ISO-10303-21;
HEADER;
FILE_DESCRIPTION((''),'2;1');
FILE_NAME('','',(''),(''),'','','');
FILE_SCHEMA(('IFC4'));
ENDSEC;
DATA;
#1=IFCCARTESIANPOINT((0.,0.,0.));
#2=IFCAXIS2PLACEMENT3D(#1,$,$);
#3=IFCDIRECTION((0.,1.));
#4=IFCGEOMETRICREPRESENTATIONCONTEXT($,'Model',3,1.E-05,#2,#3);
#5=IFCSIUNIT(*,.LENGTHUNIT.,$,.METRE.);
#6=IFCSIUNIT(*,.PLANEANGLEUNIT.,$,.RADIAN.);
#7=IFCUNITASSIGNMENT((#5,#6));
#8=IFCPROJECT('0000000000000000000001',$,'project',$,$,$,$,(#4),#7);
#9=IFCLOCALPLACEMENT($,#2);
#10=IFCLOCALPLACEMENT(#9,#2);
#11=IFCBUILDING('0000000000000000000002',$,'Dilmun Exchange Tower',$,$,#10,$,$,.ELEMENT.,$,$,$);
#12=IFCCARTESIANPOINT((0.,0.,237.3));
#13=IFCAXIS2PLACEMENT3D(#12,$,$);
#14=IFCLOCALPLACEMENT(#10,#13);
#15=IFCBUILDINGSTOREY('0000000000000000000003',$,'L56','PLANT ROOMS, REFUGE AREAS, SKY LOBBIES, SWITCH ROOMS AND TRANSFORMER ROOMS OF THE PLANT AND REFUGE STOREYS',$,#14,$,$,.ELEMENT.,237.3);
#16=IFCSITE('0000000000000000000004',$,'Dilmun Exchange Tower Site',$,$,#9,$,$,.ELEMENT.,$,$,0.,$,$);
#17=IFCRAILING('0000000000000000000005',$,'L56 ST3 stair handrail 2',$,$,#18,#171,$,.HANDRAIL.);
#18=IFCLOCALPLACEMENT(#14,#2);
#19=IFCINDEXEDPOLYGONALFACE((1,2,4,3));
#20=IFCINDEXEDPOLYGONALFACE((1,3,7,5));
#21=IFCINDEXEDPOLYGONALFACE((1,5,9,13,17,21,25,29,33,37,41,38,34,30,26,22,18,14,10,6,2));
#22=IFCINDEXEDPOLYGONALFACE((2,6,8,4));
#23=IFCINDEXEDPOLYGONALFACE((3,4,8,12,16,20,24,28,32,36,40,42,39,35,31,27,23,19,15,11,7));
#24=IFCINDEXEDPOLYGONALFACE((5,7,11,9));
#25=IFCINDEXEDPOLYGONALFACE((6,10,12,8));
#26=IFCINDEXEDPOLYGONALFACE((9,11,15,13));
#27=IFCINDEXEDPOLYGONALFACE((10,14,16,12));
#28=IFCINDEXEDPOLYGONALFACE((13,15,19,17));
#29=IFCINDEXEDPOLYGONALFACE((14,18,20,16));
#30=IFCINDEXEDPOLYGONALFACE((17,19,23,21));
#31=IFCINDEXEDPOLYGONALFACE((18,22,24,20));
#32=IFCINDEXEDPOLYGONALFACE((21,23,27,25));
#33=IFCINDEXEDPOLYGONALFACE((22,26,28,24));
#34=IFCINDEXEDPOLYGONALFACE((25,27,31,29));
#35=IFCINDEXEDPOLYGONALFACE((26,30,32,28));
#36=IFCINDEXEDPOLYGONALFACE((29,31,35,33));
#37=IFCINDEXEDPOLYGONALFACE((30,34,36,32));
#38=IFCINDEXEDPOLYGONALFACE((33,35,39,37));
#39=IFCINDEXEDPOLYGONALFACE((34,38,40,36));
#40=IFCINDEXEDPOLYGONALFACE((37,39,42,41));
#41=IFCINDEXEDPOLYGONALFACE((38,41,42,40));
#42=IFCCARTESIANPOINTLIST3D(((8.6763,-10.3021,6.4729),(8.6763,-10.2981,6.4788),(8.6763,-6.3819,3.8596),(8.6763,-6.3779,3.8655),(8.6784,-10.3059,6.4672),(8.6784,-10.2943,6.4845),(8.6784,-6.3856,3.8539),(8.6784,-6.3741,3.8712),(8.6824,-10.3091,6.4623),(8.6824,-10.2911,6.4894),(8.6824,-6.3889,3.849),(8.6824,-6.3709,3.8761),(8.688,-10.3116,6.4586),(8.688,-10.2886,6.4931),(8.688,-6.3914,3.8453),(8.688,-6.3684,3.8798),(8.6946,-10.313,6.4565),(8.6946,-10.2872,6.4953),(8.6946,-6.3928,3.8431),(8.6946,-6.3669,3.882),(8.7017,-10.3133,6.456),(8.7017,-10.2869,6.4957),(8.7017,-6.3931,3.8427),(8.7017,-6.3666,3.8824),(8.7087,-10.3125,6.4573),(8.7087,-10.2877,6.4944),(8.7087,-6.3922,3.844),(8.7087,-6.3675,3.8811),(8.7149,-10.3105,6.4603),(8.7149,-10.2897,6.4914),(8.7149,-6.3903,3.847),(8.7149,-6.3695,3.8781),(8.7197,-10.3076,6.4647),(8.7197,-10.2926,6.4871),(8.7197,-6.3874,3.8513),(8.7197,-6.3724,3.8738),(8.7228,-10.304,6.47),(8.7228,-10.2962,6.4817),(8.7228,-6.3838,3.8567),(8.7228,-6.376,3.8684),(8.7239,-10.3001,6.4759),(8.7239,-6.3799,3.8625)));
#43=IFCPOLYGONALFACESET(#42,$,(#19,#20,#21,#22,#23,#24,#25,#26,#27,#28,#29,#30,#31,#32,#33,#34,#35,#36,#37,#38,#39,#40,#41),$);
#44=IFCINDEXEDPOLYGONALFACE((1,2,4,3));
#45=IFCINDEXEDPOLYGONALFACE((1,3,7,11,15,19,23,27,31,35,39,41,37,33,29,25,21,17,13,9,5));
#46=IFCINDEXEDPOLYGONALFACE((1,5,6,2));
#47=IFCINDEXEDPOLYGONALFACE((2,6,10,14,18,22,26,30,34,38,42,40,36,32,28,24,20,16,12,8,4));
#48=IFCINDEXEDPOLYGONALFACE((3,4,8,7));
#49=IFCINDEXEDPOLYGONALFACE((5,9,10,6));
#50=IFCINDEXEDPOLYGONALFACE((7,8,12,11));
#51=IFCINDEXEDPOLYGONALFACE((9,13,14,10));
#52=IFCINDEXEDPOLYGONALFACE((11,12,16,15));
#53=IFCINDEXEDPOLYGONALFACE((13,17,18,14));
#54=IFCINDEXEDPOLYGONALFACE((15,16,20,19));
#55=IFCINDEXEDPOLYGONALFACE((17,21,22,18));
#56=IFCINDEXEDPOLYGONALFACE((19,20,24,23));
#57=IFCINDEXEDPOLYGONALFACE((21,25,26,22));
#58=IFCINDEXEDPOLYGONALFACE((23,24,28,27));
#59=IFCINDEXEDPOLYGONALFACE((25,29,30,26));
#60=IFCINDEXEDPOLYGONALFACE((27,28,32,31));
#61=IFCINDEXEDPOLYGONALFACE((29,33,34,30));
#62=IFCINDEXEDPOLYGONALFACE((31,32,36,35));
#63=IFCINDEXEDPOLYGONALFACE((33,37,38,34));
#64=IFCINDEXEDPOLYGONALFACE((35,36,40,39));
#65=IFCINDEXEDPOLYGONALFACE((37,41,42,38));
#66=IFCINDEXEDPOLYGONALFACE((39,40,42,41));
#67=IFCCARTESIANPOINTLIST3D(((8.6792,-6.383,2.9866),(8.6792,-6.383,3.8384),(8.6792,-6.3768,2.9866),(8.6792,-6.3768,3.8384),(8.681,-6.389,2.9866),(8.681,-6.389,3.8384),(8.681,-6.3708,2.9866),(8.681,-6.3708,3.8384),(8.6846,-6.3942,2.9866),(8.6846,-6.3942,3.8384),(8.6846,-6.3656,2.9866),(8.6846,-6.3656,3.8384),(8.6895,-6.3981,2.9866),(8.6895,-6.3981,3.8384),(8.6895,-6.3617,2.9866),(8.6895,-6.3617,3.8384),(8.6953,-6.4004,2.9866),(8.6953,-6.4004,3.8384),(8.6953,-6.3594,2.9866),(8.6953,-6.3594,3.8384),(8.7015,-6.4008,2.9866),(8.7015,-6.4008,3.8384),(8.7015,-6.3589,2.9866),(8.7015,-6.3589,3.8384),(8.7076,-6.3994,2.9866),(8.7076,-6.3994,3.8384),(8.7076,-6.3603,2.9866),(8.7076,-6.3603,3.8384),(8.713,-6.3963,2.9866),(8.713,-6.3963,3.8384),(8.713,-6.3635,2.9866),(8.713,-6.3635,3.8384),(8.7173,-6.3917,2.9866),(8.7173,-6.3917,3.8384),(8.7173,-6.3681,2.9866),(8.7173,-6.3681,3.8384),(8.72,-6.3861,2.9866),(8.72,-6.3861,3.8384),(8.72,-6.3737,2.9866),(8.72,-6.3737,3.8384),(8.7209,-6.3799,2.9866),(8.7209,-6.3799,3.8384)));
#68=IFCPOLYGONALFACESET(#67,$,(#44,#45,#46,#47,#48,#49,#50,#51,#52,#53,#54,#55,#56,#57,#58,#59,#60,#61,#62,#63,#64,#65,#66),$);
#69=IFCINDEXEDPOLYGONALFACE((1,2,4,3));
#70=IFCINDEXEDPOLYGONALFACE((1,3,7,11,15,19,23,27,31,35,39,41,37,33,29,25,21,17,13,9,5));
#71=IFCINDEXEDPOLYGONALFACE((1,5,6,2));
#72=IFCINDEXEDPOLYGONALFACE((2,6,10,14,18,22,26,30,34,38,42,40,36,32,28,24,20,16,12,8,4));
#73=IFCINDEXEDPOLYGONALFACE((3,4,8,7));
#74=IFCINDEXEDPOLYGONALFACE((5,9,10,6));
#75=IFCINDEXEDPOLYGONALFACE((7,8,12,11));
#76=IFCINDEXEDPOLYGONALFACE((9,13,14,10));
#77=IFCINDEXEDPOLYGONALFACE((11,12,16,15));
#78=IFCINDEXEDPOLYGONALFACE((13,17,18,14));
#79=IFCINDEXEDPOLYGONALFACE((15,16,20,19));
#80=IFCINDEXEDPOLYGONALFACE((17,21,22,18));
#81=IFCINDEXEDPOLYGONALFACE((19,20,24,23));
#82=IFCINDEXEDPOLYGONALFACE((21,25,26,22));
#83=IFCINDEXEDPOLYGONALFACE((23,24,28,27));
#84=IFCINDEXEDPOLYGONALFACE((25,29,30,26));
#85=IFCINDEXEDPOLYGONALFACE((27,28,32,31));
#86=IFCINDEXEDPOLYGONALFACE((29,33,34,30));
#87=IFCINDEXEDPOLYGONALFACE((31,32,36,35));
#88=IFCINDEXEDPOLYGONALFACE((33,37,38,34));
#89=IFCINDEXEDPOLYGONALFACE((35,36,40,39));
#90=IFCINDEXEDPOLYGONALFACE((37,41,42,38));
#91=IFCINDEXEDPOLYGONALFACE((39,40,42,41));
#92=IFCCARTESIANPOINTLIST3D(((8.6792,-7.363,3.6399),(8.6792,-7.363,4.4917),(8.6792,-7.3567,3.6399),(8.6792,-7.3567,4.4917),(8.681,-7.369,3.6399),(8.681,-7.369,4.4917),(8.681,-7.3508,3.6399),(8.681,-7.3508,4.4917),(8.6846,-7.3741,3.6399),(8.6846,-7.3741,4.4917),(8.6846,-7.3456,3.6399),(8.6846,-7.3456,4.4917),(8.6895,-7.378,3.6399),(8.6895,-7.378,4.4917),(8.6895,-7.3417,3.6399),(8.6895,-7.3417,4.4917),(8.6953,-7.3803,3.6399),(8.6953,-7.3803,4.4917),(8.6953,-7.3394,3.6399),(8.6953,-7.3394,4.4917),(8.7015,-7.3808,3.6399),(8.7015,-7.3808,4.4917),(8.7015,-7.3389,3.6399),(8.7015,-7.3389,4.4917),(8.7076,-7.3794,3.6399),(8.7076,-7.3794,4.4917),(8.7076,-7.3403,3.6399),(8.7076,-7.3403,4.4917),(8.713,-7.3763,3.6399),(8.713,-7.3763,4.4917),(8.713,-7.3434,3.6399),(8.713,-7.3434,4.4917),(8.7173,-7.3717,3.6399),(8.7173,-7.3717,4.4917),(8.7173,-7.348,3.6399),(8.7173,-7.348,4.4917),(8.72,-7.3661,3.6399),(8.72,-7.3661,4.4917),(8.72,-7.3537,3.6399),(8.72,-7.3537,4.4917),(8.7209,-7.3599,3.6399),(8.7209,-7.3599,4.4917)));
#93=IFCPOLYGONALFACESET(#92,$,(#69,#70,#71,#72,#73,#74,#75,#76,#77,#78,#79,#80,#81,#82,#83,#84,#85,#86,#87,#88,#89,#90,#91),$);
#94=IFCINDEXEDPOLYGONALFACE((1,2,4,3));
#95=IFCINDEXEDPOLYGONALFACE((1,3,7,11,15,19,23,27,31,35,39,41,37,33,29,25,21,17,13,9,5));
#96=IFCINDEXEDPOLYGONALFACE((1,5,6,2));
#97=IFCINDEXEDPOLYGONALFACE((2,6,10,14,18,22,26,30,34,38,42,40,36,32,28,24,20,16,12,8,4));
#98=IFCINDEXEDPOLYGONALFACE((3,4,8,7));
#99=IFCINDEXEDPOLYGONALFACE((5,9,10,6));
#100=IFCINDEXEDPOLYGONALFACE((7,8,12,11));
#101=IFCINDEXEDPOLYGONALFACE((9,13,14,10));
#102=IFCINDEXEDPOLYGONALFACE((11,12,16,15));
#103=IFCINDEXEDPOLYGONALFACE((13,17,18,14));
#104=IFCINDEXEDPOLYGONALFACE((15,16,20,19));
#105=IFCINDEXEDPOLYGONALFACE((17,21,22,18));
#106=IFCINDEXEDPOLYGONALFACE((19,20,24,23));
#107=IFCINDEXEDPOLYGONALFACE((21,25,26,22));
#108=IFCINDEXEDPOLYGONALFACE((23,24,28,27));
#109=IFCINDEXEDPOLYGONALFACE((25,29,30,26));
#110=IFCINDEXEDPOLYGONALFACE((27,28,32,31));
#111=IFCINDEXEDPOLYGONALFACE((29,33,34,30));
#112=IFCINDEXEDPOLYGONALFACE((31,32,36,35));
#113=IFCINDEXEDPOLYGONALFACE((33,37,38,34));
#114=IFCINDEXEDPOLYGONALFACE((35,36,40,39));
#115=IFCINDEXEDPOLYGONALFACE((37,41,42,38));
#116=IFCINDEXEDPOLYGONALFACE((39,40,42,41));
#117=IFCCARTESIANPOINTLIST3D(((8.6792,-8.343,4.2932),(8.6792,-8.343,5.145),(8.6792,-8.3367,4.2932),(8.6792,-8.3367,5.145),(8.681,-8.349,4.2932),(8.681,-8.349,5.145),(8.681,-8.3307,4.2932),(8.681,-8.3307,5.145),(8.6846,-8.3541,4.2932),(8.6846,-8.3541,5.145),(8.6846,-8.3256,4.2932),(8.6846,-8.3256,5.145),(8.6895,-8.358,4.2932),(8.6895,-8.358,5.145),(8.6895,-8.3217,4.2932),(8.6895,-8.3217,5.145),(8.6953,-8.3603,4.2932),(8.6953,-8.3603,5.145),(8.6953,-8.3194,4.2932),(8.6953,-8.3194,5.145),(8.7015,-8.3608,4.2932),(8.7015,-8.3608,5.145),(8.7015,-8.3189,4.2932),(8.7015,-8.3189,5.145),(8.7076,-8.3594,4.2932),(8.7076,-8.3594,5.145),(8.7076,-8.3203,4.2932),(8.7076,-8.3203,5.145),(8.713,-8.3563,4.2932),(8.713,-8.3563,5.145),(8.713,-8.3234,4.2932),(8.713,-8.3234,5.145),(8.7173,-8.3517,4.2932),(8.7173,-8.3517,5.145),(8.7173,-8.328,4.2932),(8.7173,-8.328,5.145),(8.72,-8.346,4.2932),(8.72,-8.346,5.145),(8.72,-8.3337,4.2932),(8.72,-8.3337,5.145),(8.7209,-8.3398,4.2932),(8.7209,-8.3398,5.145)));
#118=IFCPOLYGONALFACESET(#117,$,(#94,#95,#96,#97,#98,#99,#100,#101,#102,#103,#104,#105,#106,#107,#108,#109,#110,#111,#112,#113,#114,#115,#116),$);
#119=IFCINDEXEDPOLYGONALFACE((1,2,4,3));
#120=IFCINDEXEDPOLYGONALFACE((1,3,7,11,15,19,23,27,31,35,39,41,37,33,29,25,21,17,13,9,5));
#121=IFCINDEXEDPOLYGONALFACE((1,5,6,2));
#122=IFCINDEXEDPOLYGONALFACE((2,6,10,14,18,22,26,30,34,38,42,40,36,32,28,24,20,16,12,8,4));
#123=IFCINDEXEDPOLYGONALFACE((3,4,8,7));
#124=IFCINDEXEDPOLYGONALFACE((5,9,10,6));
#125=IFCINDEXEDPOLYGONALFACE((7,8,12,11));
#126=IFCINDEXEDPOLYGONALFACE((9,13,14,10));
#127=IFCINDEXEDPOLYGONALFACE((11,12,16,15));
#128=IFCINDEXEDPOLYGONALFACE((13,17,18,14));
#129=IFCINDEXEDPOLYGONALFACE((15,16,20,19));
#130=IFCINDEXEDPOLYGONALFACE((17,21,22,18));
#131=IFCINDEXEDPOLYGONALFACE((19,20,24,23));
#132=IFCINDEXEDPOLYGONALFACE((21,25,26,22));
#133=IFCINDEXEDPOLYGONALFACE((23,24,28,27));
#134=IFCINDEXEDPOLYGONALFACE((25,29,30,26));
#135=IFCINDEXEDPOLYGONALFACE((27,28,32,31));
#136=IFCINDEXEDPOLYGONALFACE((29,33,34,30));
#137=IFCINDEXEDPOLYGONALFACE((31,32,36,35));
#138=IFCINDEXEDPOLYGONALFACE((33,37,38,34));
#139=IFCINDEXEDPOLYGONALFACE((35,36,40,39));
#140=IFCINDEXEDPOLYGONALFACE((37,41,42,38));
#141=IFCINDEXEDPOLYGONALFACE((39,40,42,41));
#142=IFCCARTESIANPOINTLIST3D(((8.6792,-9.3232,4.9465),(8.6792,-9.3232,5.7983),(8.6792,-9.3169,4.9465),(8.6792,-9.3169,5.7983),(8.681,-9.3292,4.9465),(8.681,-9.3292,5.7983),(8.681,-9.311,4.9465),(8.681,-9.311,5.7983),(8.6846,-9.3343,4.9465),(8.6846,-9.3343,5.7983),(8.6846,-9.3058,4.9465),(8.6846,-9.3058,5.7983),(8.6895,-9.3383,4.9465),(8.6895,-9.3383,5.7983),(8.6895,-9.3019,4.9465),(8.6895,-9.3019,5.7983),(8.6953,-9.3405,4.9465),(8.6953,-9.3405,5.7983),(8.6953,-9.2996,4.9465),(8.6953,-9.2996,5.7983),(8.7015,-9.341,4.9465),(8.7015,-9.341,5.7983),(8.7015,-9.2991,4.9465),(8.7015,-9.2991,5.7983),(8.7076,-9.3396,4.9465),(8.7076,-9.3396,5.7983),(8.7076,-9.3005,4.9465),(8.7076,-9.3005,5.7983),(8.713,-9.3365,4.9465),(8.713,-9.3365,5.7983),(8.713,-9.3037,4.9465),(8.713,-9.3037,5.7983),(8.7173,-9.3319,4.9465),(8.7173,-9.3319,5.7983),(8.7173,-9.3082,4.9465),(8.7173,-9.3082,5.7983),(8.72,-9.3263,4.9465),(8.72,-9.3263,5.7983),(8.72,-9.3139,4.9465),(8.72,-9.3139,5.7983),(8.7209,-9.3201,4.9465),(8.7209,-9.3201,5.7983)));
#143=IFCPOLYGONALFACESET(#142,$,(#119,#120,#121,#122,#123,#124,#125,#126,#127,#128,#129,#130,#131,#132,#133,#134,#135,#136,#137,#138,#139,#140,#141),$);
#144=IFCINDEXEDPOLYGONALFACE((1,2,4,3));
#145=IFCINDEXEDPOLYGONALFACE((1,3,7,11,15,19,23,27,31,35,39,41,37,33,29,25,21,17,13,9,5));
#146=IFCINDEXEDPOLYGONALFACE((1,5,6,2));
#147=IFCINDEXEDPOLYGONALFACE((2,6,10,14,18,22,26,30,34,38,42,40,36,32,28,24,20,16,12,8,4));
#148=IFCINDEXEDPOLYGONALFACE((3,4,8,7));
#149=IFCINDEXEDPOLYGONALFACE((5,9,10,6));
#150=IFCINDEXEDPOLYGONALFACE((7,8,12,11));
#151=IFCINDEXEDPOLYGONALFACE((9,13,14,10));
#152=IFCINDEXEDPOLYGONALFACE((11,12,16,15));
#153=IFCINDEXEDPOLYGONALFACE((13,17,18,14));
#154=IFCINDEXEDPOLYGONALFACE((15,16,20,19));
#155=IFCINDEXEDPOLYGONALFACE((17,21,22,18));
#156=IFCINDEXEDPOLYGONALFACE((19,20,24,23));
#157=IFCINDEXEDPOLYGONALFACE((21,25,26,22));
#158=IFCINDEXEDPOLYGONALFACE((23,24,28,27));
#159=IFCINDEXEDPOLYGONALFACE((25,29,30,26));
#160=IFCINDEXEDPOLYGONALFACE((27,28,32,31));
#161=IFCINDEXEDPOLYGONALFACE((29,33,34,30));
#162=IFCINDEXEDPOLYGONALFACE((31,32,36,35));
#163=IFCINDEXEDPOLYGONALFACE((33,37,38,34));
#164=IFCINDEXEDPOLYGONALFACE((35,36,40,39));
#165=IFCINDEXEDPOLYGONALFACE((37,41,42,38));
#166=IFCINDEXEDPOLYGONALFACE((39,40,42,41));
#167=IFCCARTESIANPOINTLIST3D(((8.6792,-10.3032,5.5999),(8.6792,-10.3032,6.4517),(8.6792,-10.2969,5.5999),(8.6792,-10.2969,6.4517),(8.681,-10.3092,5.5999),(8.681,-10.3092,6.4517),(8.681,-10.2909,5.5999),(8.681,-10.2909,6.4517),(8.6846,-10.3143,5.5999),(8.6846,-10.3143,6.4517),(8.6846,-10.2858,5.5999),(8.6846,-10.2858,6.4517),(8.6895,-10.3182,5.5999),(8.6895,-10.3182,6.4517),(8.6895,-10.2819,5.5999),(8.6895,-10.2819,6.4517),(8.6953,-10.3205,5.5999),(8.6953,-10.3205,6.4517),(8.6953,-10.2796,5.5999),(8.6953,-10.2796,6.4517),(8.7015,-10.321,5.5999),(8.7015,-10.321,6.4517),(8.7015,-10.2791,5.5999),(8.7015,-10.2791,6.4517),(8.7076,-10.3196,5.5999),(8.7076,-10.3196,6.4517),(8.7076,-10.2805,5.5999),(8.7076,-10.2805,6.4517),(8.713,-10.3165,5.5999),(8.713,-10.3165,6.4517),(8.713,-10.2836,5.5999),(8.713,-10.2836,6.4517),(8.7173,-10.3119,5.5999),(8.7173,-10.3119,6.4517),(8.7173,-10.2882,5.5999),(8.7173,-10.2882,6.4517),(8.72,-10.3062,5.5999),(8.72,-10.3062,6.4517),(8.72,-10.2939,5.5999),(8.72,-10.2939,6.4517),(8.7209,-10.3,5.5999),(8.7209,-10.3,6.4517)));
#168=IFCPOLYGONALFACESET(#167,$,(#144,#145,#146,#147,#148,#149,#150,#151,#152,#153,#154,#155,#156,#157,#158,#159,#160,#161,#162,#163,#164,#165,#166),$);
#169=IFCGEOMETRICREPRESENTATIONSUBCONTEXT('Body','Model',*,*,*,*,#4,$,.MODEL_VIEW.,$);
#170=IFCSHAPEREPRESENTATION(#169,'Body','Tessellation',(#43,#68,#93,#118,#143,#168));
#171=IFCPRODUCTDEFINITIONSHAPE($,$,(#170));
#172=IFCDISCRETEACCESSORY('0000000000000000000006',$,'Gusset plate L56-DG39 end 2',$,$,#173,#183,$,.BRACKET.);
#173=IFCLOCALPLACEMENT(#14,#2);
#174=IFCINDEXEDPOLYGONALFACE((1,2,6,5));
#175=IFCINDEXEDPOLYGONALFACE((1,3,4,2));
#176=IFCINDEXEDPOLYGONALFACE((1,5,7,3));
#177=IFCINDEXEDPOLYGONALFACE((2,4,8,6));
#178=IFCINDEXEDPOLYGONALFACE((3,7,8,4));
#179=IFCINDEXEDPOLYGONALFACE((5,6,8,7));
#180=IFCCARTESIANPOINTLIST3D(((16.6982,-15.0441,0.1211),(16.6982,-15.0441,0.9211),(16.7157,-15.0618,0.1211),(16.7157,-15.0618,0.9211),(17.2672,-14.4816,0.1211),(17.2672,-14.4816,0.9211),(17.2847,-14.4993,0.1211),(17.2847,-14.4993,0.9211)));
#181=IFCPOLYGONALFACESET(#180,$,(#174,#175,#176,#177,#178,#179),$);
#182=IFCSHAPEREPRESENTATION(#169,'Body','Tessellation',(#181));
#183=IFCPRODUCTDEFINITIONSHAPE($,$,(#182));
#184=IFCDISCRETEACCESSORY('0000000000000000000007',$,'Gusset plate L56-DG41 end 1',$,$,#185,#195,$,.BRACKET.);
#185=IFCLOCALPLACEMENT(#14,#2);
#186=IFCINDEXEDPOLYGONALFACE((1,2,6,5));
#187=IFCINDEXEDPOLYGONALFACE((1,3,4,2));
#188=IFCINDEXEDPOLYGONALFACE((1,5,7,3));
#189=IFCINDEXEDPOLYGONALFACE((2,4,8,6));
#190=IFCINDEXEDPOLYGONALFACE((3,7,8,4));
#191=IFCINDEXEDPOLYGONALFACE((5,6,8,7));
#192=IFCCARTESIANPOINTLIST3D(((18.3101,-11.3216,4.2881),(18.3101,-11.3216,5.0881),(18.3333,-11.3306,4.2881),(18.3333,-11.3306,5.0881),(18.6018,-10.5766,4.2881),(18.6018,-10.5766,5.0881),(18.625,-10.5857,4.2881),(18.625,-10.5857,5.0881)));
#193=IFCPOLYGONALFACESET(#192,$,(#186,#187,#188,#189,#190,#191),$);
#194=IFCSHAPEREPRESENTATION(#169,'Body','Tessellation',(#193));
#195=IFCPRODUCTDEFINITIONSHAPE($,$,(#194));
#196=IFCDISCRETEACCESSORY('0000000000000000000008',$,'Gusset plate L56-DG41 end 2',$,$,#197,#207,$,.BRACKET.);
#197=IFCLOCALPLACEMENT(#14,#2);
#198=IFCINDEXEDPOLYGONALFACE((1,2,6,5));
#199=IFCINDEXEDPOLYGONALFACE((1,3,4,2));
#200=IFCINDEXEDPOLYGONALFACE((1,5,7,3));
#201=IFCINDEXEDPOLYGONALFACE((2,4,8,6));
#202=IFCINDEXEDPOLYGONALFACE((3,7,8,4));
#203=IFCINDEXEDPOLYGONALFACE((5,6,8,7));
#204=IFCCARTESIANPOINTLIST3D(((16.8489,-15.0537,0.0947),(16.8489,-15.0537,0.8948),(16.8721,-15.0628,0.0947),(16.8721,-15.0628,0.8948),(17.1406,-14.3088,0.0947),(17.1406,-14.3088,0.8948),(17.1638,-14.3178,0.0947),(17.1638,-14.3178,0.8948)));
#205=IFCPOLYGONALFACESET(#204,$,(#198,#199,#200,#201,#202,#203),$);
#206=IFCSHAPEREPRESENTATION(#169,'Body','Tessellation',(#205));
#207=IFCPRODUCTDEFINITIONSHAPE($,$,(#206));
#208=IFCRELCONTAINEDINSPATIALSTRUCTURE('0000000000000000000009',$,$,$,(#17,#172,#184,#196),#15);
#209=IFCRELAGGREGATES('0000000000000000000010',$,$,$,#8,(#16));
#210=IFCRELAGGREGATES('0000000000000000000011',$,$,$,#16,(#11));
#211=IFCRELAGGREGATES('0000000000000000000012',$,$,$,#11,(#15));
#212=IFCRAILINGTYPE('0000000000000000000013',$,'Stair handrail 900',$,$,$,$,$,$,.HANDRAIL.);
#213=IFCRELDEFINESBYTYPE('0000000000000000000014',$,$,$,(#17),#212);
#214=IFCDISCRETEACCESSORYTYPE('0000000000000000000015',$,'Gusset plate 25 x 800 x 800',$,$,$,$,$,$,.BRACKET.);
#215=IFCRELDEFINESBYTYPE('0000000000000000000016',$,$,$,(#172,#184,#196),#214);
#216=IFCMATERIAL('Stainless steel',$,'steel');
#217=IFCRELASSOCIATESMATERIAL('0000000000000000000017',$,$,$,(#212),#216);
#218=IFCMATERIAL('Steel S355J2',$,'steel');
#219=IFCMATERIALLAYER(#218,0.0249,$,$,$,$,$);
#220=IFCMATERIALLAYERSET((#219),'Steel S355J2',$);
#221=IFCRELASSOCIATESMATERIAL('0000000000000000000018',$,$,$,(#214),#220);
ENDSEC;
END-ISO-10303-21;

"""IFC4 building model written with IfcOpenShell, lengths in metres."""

from ifc_helpers import new_model, si_unit, direction, frame, origin, origin_2d, place, context, subcontext, project, spatial, rectangle, circle, extrude, material, layer, layer_set, type_object, element, save


model = new_model("IFC4")

# Units and contexts
model_context = context("Model", 3, precision=1e-05, world=origin(), true_north=direction((0.0, 1.0)))
body_context = subcontext(model_context, "Body", "Model", "MODEL_VIEW")
ifc_project = project(units=[si_unit("LENGTHUNIT", "METRE"), si_unit("PLANEANGLEUNIT", "RADIAN")], contexts=[model_context])

# Site, building, storey
site_placement = place(None, origin())
site = spatial("IfcSite", under=ifc_project, at=site_placement, Name="Dilmun Exchange Tower Site", CompositionType="ELEMENT", RefElevation=0.0)
building_placement = place(site_placement, origin())
building = spatial("IfcBuilding", under=site, at=building_placement, Name="Dilmun Exchange Tower", CompositionType="ELEMENT")
storey_placement = place(building_placement, frame((0.0, 0.0, 237.3)))
storey = spatial("IfcBuildingStorey", under=building, at=storey_placement, Name="L56", Description="PLANT ROOMS, REFUGE AREAS, SKY LOBBIES, SWITCH ROOMS AND TRANSFORMER ROOMS OF THE PLANT AND REFUGE STOREYS", CompositionType="ELEMENT", Elevation=237.3)

# Railing
ifc_material_1 = material(Name="Stainless steel", Category="steel")
railing_type = type_object("IfcRailingType", Name="Stair handrail 900", PredefinedType="HANDRAIL", material=ifc_material_1)
railing_1_placement = place(storey_placement, frame((8.7, -6.3799, 2.9866)))
element("IfcRailing", 1, at=railing_1_placement, inside=storey, type_object=railing_type, Name="L56 ST3 stair handrail 2", PredefinedType="HANDRAIL", context=body_context, shape_type="SweptSolid", body=[
    extrude(circle(Radius=0.0239, at=origin_2d()), frame((0.0, 0.0, 0.876), z_axis=(0.0, -0.832066, 0.554676), x_axis=(1.0, 0.0, 0.0)), (0.0, 0.0, 1.0), 4.7114),
    extrude(circle(Radius=0.021, at=origin_2d()), origin(), (0.0, 0.0, 1.0), 0.8518),
    extrude(circle(Radius=0.021, at=origin_2d()), frame((0.0, -0.98, 0.6533)), (0.0, 0.0, 1.0), 0.8518),
    extrude(circle(Radius=0.021, at=origin_2d()), frame((0.0, -1.96, 1.3066)), (0.0, 0.0, 1.0), 0.8518),
    extrude(circle(Radius=0.021, at=origin_2d()), frame((0.0, -2.9402, 1.96)), (0.0, 0.0, 1.0), 0.8518),
    extrude(circle(Radius=0.021, at=origin_2d()), frame((0.0, -3.9202, 2.6133)), (0.0, 0.0, 1.0), 0.8518),
])

# Discrete accessories
ifc_material_2 = material(Name="Steel S355J2", Category="steel")
ifc_layer_1 = layer(ifc_material_2, 0.0249)
ifc_layer_set_1 = layer_set([ifc_layer_1], Name="Steel S355J2")
discrete_accessory_type = type_object("IfcDiscreteAccessoryType", Name="Gusset plate 25 x 800 x 800", PredefinedType="BRACKET", material=ifc_layer_set_1)
for number, where, z_axis, x_axis, name in (
    (2, (16.9915, -14.7717, 0.1211), (0.0, 0.0, 1.0), (0.711148, 0.703042, 0.0), "Gusset plate L56-DG39 end 2"),
    (3, (18.4675, -10.9536, 4.2881), (0.0, 0.0, 1.0), (-0.364579, -0.931172, 0.0), "Gusset plate L56-DG41 end 1"),
    (4, (17.0063, -14.6858, 0.0947), (0.0, 0.0, 1.0), (-0.364579, -0.931172, 0.0), "Gusset plate L56-DG41 end 2"),
):
    element("IfcDiscreteAccessory", number, at=place(storey_placement, frame(where, z_axis=z_axis, x_axis=x_axis)), inside=storey, type_object=discrete_accessory_type, Name=name, PredefinedType="BRACKET", context=body_context, shape_type="SweptSolid", body=[
        extrude(rectangle(XDim=0.8, YDim=0.0249, at=origin_2d()), origin(), (0.0, 0.0, 1.0), 0.8),
    ])

save(model, "model.ifc")
